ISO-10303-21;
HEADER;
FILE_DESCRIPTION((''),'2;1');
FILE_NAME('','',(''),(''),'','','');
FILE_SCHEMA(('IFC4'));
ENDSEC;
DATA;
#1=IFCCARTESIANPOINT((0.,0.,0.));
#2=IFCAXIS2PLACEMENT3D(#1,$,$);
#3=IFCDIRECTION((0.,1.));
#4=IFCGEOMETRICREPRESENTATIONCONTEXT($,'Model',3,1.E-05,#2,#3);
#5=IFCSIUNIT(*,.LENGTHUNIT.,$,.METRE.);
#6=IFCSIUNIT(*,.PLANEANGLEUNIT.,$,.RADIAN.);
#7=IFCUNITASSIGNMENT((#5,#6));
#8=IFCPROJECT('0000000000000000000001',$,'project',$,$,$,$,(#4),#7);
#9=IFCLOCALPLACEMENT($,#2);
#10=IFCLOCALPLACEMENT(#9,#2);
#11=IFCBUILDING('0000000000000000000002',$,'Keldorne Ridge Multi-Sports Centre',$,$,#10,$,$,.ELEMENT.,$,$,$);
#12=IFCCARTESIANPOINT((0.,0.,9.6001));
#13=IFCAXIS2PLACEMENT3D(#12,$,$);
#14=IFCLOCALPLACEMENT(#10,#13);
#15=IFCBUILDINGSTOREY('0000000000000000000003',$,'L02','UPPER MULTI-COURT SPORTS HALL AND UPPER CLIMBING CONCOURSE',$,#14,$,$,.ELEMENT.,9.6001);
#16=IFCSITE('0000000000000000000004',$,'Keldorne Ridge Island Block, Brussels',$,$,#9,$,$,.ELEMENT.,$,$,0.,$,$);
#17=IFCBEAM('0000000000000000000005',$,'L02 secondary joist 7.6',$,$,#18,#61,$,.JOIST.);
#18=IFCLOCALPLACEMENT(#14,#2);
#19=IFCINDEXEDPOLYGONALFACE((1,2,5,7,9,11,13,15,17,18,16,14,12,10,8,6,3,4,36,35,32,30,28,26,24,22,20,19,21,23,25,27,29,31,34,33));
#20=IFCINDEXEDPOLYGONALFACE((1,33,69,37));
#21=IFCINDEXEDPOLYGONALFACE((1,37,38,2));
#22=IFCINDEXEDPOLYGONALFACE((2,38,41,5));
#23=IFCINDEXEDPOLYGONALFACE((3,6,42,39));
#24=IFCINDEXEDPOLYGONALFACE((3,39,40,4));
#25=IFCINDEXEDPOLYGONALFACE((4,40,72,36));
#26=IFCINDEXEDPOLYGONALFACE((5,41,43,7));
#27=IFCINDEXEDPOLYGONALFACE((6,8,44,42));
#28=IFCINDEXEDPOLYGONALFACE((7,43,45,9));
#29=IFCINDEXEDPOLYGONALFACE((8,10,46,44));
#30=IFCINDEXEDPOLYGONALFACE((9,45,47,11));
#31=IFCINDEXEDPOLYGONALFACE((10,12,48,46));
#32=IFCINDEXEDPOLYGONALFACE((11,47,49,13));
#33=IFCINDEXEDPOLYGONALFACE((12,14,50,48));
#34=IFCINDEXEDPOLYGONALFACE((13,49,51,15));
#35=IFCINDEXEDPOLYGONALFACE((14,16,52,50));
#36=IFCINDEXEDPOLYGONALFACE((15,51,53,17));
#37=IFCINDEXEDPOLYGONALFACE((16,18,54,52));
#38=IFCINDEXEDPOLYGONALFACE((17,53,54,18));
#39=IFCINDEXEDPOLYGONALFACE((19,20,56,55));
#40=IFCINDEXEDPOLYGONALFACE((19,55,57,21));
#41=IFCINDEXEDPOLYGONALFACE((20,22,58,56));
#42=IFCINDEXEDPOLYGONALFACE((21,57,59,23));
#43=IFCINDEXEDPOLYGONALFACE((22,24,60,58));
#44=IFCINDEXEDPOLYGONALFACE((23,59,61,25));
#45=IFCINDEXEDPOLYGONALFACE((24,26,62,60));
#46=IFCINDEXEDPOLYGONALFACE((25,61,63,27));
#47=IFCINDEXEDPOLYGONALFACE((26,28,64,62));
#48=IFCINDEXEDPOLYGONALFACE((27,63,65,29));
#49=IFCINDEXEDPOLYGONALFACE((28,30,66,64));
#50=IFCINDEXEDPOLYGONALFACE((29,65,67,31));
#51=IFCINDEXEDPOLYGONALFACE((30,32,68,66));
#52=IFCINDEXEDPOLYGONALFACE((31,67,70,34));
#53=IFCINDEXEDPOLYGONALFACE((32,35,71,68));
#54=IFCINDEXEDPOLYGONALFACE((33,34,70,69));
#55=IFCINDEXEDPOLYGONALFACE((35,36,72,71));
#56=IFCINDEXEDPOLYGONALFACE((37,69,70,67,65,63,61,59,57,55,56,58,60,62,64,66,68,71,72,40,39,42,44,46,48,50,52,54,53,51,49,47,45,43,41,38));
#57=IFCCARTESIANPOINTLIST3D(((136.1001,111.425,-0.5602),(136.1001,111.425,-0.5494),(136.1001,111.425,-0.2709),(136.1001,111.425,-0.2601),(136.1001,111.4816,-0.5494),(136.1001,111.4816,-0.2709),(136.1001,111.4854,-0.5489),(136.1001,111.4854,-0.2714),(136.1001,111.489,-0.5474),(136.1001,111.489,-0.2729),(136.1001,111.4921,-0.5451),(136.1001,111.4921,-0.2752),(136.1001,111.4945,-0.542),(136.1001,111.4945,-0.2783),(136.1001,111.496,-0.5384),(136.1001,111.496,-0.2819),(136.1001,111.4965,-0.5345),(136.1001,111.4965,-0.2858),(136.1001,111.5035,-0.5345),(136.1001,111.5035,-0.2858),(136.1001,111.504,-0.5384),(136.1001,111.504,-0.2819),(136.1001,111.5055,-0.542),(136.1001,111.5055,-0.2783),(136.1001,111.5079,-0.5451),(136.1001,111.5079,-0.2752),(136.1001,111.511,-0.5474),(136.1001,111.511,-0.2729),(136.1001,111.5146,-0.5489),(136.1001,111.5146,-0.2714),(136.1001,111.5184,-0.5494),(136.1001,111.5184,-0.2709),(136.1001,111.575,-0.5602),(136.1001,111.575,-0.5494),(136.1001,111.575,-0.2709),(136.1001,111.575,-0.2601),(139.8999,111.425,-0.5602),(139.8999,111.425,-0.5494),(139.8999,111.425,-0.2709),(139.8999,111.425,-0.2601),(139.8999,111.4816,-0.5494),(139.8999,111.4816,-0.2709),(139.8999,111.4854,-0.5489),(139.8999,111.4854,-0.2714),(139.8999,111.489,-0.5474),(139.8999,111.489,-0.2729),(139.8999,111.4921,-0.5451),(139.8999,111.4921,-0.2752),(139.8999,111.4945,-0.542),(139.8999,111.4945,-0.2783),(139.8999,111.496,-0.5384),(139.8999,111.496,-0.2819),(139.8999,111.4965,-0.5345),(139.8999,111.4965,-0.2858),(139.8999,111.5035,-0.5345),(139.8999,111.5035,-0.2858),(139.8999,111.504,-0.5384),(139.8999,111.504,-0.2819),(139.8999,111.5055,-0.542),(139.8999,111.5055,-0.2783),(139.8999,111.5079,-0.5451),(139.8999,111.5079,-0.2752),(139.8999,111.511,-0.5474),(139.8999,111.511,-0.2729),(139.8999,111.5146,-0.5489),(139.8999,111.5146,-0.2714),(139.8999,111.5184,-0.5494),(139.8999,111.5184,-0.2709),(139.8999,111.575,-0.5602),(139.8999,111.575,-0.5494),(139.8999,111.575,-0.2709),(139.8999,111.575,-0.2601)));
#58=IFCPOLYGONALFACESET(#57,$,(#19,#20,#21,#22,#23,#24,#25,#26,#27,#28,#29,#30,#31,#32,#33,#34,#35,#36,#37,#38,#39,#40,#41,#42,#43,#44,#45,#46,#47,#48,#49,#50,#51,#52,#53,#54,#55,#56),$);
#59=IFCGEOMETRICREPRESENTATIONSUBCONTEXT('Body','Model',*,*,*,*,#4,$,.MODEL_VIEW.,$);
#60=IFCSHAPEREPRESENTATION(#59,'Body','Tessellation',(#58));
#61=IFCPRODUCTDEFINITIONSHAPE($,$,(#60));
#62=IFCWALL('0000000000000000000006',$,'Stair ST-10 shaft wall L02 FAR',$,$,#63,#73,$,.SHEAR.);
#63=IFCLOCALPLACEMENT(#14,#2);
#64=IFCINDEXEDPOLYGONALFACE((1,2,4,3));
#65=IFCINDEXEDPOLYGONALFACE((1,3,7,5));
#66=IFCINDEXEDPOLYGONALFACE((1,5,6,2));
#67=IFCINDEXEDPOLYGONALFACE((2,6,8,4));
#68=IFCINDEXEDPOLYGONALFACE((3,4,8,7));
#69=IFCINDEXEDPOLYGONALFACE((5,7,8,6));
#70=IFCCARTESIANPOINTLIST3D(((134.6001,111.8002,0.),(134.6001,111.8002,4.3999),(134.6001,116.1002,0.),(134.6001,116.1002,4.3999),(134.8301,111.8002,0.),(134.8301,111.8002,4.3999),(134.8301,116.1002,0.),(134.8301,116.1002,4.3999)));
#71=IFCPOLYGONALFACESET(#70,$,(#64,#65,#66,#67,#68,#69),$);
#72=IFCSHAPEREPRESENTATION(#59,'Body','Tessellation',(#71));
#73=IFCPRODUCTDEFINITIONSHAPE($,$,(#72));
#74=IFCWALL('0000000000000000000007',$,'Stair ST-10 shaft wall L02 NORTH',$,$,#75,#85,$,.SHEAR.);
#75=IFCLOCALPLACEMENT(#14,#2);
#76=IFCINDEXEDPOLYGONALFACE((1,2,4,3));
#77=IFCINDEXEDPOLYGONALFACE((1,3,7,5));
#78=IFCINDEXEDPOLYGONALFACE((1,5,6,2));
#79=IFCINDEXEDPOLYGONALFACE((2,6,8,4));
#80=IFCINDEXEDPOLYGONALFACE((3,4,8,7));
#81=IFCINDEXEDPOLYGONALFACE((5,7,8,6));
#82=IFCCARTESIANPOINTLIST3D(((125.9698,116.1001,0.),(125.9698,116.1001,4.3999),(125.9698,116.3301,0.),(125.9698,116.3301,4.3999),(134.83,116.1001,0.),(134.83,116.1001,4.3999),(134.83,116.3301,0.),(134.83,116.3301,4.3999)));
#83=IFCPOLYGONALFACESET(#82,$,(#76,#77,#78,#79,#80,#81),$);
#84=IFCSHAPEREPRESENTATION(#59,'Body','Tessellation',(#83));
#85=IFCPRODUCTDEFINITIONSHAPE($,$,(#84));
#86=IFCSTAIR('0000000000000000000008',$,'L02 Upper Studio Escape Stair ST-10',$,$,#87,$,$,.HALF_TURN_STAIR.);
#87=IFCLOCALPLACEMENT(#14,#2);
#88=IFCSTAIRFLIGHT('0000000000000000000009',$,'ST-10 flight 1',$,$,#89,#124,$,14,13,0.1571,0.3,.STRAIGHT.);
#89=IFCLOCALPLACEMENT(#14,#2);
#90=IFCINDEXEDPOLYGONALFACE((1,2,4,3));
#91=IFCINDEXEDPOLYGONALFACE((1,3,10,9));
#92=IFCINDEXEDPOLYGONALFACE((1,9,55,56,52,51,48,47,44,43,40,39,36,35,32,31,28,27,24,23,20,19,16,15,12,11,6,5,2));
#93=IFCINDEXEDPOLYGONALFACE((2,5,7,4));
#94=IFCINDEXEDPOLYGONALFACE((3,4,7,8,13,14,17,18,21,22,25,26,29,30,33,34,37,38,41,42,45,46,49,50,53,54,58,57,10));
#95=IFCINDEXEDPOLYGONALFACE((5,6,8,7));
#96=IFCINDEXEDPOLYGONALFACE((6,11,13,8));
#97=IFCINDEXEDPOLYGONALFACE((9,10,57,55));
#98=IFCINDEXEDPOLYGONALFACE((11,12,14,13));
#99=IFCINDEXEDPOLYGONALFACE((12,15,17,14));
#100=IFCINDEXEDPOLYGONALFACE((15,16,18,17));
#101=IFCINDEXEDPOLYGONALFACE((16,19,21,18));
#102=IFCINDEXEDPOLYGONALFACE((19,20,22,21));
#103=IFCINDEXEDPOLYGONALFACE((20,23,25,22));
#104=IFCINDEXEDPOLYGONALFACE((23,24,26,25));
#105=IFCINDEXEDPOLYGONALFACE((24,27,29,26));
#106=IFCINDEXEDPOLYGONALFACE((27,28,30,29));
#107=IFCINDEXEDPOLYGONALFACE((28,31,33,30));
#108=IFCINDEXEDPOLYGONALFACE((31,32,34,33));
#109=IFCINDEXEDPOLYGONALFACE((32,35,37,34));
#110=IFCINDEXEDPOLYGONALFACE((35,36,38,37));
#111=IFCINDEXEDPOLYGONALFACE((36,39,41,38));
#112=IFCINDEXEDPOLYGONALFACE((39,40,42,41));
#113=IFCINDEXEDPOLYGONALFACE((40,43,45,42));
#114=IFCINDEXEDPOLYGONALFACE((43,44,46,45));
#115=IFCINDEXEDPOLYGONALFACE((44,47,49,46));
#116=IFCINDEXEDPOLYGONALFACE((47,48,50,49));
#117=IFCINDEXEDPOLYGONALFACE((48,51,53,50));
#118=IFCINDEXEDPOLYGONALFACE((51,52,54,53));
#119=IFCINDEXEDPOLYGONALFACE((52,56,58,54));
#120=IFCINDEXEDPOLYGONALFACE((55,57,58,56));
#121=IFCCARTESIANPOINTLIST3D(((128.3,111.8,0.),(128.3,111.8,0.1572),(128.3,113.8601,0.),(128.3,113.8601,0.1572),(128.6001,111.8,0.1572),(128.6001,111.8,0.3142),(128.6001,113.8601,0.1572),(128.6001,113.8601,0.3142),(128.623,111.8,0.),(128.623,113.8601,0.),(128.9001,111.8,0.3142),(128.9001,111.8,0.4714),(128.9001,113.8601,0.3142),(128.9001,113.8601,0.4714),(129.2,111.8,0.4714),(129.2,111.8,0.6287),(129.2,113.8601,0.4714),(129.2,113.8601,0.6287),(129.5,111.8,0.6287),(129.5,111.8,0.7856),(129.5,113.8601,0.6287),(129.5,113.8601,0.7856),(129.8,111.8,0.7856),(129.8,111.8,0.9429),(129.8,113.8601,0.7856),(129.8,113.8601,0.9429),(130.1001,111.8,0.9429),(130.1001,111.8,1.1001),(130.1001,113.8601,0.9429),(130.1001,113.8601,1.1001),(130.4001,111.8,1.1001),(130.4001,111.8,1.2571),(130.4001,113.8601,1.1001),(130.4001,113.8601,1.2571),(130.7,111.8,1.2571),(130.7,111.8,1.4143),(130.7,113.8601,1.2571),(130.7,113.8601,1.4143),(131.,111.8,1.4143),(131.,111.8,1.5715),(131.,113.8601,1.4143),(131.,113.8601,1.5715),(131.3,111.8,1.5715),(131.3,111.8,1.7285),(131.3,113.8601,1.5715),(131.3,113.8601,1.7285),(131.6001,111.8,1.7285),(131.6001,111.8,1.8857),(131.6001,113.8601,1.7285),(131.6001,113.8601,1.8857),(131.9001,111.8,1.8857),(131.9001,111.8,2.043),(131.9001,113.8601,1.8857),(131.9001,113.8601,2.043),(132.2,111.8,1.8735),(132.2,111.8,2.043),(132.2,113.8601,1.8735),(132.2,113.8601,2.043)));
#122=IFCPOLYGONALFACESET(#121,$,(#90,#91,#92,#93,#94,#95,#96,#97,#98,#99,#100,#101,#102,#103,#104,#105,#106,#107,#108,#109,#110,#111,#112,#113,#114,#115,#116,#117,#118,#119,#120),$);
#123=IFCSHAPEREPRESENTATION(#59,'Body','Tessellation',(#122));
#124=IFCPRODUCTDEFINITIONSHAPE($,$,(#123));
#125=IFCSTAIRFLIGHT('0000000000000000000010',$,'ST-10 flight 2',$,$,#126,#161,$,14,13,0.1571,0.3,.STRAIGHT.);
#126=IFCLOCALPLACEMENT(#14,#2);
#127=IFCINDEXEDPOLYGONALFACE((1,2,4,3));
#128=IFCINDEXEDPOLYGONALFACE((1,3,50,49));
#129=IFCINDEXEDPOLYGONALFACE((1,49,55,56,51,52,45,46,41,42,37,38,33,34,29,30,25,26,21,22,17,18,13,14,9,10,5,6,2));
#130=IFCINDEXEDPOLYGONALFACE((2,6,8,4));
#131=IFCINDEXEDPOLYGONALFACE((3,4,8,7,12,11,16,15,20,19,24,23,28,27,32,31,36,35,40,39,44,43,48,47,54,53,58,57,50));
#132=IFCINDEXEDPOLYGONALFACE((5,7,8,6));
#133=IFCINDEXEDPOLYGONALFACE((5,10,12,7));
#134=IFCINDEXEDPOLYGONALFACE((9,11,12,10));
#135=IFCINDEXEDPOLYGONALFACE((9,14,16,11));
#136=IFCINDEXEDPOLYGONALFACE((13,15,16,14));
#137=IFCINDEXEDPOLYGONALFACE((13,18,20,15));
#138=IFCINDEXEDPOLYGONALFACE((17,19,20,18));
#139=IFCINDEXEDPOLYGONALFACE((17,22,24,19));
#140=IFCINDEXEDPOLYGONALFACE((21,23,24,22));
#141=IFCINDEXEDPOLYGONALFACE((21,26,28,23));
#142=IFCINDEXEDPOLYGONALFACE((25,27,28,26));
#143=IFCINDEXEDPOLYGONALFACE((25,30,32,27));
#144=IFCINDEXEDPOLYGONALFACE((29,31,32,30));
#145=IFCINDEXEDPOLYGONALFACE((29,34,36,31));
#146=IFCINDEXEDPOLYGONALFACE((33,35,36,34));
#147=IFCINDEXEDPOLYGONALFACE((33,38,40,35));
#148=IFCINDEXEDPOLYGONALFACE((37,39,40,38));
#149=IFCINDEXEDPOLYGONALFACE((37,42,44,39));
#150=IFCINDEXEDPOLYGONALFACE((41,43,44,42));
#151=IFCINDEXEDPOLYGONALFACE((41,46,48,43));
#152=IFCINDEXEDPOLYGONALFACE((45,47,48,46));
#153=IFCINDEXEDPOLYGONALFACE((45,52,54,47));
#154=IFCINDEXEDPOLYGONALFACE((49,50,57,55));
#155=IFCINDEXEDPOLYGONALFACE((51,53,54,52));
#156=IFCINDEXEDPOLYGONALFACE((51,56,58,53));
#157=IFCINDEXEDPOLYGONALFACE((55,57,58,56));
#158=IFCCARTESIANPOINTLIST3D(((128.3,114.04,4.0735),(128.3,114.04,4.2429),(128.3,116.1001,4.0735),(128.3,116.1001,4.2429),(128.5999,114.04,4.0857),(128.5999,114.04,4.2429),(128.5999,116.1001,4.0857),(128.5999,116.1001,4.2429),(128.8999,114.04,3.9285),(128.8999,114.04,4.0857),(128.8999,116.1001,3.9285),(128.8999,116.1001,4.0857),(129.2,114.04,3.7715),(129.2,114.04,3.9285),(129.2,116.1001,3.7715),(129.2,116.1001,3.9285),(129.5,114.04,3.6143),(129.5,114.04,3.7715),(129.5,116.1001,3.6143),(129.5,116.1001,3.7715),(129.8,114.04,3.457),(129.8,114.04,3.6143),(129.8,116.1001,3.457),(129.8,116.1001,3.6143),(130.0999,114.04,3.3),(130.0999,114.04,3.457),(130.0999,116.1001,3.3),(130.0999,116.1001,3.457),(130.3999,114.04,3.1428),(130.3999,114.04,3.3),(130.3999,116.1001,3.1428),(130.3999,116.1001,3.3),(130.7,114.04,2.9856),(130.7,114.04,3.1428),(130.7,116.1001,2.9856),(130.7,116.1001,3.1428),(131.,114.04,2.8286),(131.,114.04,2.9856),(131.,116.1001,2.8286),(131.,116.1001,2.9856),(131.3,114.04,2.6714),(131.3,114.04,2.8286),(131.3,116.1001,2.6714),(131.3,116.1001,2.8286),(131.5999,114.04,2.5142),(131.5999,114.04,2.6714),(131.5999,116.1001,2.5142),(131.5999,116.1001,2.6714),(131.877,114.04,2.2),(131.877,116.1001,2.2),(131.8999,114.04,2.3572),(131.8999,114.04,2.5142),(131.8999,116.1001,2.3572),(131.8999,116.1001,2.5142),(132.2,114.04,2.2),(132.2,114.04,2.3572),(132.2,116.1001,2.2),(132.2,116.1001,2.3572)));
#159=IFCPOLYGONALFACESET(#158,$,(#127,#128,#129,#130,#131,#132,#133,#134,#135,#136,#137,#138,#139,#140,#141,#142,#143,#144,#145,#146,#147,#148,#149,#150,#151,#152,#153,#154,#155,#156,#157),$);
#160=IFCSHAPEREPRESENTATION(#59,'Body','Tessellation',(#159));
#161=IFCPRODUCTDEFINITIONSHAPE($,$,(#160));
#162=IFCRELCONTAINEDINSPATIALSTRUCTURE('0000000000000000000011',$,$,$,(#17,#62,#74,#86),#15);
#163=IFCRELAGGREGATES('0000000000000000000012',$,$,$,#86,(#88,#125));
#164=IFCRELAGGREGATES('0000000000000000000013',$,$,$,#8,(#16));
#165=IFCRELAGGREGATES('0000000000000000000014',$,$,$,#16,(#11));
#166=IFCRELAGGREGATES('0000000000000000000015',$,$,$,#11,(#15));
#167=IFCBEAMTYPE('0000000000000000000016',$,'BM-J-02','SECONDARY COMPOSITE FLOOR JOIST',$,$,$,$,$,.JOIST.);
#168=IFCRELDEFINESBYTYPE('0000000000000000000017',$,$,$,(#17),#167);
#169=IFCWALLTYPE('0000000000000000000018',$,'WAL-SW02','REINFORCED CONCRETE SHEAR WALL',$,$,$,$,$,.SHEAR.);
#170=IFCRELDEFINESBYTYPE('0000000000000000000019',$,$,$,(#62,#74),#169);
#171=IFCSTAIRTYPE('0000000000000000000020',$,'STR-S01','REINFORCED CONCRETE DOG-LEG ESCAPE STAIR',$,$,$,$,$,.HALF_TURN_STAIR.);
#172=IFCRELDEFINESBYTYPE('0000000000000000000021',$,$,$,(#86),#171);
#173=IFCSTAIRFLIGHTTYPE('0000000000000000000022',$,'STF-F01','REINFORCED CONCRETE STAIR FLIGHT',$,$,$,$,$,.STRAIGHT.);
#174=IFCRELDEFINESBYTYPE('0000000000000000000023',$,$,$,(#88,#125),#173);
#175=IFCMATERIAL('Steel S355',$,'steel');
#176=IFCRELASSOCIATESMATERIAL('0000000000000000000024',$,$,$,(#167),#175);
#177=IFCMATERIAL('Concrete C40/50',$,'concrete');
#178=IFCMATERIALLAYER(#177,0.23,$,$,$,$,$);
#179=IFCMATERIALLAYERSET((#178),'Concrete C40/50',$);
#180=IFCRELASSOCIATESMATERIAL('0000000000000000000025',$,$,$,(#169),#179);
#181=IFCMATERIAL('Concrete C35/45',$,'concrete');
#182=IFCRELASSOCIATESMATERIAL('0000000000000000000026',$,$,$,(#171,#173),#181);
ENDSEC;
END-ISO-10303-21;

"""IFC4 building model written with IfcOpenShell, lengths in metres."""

from ifc_helpers import new_model, si_unit, direction, frame, frame_2d, origin, origin_2d, place, context, subcontext, project, spatial, polyline, rectangle, i_section, outline, extrude, material, layer, layer_set, material_profile, profile_set, type_object, element, aggregate, save


model = new_model("IFC4")

# Units and contexts
model_context = context("Model", 3, precision=1e-05, world=origin(), true_north=direction((0.0, 1.0)))
body_context = subcontext(model_context, "Body", "Model", "MODEL_VIEW")
ifc_project = project(units=[si_unit("LENGTHUNIT", "METRE"), si_unit("PLANEANGLEUNIT", "RADIAN")], contexts=[model_context])

# Site, building, storey
site_placement = place(None, origin())
site = spatial("IfcSite", under=ifc_project, at=site_placement, Name="Keldorne Ridge Island Block, Brussels", CompositionType="ELEMENT", RefElevation=0.0)
building_placement = place(site_placement, origin())
building = spatial("IfcBuilding", under=site, at=building_placement, Name="Keldorne Ridge Multi-Sports Centre", CompositionType="ELEMENT")
storey_placement = place(building_placement, frame((0.0, 0.0, 9.6001)))
storey = spatial("IfcBuildingStorey", under=building, at=storey_placement, Name="L02", Description="UPPER MULTI-COURT SPORTS HALL AND UPPER CLIMBING CONCOURSE", CompositionType="ELEMENT", Elevation=9.6001)

# Shared definitions
ifc_material_1 = material(Name="Steel S355", Category="steel")

# Beam
ifc_material_profile_1 = material_profile(ifc_material_1, i_section(OverallWidth=0.1499, OverallDepth=0.3, WebThickness=0.0071, FlangeThickness=0.0107, FilletRadius=0.0149, at=origin_2d()), Name="IPE 300")
ifc_profile_set_1 = profile_set([ifc_material_profile_1], Name="Steel S355")
beam_type_1 = type_object("IfcBeamType", Name="BM-J-02", Description="SECONDARY COMPOSITE FLOOR JOIST", PredefinedType="JOIST", material=ifc_profile_set_1)
for number, where, z_axis, x_axis, name in (
    (1, (136.1001, 111.5, -0.4102), (1.0, 0.0, 0.0), (0.0, 1.0, 0.0), "L02 secondary joist 7.6"),
):
    element("IfcBeam", number, at=place(storey_placement, frame(where, z_axis=z_axis, x_axis=x_axis)), inside=storey, type_object=beam_type_1, Name=name, PredefinedType="JOIST", context=body_context, shape_type="SweptSolid", body=[
        extrude(i_section(OverallWidth=0.1499, OverallDepth=0.3, WebThickness=0.0071, FlangeThickness=0.0107, FilletRadius=0.0149, at=origin_2d()), origin(), (0.0, 0.0, 1.0), 3.7998),
    ])

# Walls
ifc_material_2 = material(Name="Concrete C40/50", Category="concrete")
ifc_layer = layer(ifc_material_2, 0.23)
ifc_layer_set = layer_set([ifc_layer], Name="Concrete C40/50")
wall_type = type_object("IfcWallType", Name="WAL-SW02", Description="REINFORCED CONCRETE SHEAR WALL", PredefinedType="SHEAR", material=ifc_layer_set)
wall_1_placement = place(storey_placement, frame((134.7151, 116.1001, 0.0), z_axis=(0.0, 0.0, 1.0), x_axis=(0.0, -1.0, 0.0)))
element("IfcWall", 2, at=wall_1_placement, inside=storey, type_object=wall_type, Name="Stair ST-10 shaft wall L02 FAR", PredefinedType="SHEAR", context=body_context, shape_type="SweptSolid", body=[
    extrude(rectangle(XDim=4.3, YDim=0.23, at=frame_2d((2.1499, 0.0))), origin(), (0.0, 0.0, 1.0), 4.3999),
])
wall_2_placement = place(storey_placement, frame((134.8301, 116.2151, 0.0), z_axis=(0.0, 0.0, 1.0), x_axis=(-1.0, 0.0, 0.0)))
element("IfcWall", 3, at=wall_2_placement, inside=storey, type_object=wall_type, Name="Stair ST-10 shaft wall L02 NORTH", PredefinedType="SHEAR", context=body_context, shape_type="SweptSolid", body=[
    extrude(rectangle(XDim=8.8601, YDim=0.23, at=frame_2d((4.4302, 0.0))), origin(), (0.0, 0.0, 1.0), 4.3999),
])

# Stair, stair flights
ifc_material_3 = material(Name="Concrete C35/45", Category="concrete")
stair_type = type_object("IfcStairType", Name="STR-S01", Description="REINFORCED CONCRETE DOG-LEG ESCAPE STAIR", PredefinedType="HALF_TURN_STAIR", material=ifc_material_3)
stair_placement = place(storey_placement, origin())
stair = element("IfcStair", 4, at=stair_placement, inside=storey, type_object=stair_type, Name="L02 Upper Studio Escape Stair ST-10", PredefinedType="HALF_TURN_STAIR")
stair_flight_type = type_object("IfcStairFlightType", Name="STF-F01", Description="REINFORCED CONCRETE STAIR FLIGHT", PredefinedType="STRAIGHT", material=ifc_material_3)
stair_flight_1_placement = place(storey_placement, frame((128.3, 112.8301, 0.0), z_axis=(0.0, 0.0, 1.0), x_axis=(1.0, 0.0, 0.0)))
stair_flight_1 = element("IfcStairFlight", 5, at=stair_flight_1_placement, type_object=stair_flight_type, Name="ST-10 flight 1", NumberOfRisers=14, NumberOfTreads=13, PredefinedType="STRAIGHT", RiserHeight=0.1571, TreadLength=0.3, context=body_context, shape_type="SweptSolid", body=[
    extrude(outline(polyline([(0.0, 0.0), (0.0, 0.1572), (0.3, 0.1572), (0.3, 0.3142), (0.6001, 0.3142), (0.6001, 0.4714), (0.8999, 0.4714), (0.8999, 0.6287), (1.2, 0.6287), (1.2, 0.7856), (1.5, 0.7856), (1.5, 0.9429), (1.8, 0.9429), (1.8, 1.1001), (2.1001, 1.1001), (2.1001, 1.2571), (2.3999, 1.2571), (2.3999, 1.4143), (2.7, 1.4143), (2.7, 1.5715), (3.0, 1.5715), (3.0, 1.7285), (3.3, 1.7285), (3.3, 1.8857), (3.6001, 1.8857), (3.6001, 2.043), (3.8999, 2.043), (3.8999, 2.2), (3.8999, 1.8735), (0.323, 0.0), (0.0, 0.0)])), frame((0.0, 1.03, 0.0), z_axis=(0.0, -1.0, 0.0), x_axis=(1.0, 0.0, 0.0)), (0.0, 0.0, 1.0), 2.0601),
])
stair_flight_2_placement = place(storey_placement, frame((132.2, 115.0701, 2.2), z_axis=(0.0, 0.0, 1.0), x_axis=(-1.0, 0.0, 0.0)))
stair_flight_2 = element("IfcStairFlight", 6, at=stair_flight_2_placement, type_object=stair_flight_type, Name="ST-10 flight 2", NumberOfRisers=14, NumberOfTreads=13, PredefinedType="STRAIGHT", RiserHeight=0.1571, TreadLength=0.3, context=body_context, shape_type="SweptSolid", body=[
    extrude(outline(polyline([(0.0, 0.0), (0.0, 0.1572), (0.3, 0.1572), (0.3, 0.3142), (0.6001, 0.3142), (0.6001, 0.4714), (0.8999, 0.4714), (0.8999, 0.6287), (1.2, 0.6287), (1.2, 0.7856), (1.5, 0.7856), (1.5, 0.9429), (1.8, 0.9429), (1.8, 1.1001), (2.1001, 1.1001), (2.1001, 1.2571), (2.3999, 1.2571), (2.3999, 1.4143), (2.7, 1.4143), (2.7, 1.5715), (3.0, 1.5715), (3.0, 1.7285), (3.3, 1.7285), (3.3, 1.8857), (3.6001, 1.8857), (3.6001, 2.043), (3.8999, 2.043), (3.8999, 2.2), (3.8999, 1.8735), (0.323, 0.0), (0.0, 0.0)])), frame((0.0, 1.03, 0.0), z_axis=(0.0, -1.0, 0.0), x_axis=(1.0, 0.0, 0.0)), (0.0, 0.0, 1.0), 2.0601),
])
aggregate(stair, [stair_flight_1, stair_flight_2])

save(model, "model.ifc")
